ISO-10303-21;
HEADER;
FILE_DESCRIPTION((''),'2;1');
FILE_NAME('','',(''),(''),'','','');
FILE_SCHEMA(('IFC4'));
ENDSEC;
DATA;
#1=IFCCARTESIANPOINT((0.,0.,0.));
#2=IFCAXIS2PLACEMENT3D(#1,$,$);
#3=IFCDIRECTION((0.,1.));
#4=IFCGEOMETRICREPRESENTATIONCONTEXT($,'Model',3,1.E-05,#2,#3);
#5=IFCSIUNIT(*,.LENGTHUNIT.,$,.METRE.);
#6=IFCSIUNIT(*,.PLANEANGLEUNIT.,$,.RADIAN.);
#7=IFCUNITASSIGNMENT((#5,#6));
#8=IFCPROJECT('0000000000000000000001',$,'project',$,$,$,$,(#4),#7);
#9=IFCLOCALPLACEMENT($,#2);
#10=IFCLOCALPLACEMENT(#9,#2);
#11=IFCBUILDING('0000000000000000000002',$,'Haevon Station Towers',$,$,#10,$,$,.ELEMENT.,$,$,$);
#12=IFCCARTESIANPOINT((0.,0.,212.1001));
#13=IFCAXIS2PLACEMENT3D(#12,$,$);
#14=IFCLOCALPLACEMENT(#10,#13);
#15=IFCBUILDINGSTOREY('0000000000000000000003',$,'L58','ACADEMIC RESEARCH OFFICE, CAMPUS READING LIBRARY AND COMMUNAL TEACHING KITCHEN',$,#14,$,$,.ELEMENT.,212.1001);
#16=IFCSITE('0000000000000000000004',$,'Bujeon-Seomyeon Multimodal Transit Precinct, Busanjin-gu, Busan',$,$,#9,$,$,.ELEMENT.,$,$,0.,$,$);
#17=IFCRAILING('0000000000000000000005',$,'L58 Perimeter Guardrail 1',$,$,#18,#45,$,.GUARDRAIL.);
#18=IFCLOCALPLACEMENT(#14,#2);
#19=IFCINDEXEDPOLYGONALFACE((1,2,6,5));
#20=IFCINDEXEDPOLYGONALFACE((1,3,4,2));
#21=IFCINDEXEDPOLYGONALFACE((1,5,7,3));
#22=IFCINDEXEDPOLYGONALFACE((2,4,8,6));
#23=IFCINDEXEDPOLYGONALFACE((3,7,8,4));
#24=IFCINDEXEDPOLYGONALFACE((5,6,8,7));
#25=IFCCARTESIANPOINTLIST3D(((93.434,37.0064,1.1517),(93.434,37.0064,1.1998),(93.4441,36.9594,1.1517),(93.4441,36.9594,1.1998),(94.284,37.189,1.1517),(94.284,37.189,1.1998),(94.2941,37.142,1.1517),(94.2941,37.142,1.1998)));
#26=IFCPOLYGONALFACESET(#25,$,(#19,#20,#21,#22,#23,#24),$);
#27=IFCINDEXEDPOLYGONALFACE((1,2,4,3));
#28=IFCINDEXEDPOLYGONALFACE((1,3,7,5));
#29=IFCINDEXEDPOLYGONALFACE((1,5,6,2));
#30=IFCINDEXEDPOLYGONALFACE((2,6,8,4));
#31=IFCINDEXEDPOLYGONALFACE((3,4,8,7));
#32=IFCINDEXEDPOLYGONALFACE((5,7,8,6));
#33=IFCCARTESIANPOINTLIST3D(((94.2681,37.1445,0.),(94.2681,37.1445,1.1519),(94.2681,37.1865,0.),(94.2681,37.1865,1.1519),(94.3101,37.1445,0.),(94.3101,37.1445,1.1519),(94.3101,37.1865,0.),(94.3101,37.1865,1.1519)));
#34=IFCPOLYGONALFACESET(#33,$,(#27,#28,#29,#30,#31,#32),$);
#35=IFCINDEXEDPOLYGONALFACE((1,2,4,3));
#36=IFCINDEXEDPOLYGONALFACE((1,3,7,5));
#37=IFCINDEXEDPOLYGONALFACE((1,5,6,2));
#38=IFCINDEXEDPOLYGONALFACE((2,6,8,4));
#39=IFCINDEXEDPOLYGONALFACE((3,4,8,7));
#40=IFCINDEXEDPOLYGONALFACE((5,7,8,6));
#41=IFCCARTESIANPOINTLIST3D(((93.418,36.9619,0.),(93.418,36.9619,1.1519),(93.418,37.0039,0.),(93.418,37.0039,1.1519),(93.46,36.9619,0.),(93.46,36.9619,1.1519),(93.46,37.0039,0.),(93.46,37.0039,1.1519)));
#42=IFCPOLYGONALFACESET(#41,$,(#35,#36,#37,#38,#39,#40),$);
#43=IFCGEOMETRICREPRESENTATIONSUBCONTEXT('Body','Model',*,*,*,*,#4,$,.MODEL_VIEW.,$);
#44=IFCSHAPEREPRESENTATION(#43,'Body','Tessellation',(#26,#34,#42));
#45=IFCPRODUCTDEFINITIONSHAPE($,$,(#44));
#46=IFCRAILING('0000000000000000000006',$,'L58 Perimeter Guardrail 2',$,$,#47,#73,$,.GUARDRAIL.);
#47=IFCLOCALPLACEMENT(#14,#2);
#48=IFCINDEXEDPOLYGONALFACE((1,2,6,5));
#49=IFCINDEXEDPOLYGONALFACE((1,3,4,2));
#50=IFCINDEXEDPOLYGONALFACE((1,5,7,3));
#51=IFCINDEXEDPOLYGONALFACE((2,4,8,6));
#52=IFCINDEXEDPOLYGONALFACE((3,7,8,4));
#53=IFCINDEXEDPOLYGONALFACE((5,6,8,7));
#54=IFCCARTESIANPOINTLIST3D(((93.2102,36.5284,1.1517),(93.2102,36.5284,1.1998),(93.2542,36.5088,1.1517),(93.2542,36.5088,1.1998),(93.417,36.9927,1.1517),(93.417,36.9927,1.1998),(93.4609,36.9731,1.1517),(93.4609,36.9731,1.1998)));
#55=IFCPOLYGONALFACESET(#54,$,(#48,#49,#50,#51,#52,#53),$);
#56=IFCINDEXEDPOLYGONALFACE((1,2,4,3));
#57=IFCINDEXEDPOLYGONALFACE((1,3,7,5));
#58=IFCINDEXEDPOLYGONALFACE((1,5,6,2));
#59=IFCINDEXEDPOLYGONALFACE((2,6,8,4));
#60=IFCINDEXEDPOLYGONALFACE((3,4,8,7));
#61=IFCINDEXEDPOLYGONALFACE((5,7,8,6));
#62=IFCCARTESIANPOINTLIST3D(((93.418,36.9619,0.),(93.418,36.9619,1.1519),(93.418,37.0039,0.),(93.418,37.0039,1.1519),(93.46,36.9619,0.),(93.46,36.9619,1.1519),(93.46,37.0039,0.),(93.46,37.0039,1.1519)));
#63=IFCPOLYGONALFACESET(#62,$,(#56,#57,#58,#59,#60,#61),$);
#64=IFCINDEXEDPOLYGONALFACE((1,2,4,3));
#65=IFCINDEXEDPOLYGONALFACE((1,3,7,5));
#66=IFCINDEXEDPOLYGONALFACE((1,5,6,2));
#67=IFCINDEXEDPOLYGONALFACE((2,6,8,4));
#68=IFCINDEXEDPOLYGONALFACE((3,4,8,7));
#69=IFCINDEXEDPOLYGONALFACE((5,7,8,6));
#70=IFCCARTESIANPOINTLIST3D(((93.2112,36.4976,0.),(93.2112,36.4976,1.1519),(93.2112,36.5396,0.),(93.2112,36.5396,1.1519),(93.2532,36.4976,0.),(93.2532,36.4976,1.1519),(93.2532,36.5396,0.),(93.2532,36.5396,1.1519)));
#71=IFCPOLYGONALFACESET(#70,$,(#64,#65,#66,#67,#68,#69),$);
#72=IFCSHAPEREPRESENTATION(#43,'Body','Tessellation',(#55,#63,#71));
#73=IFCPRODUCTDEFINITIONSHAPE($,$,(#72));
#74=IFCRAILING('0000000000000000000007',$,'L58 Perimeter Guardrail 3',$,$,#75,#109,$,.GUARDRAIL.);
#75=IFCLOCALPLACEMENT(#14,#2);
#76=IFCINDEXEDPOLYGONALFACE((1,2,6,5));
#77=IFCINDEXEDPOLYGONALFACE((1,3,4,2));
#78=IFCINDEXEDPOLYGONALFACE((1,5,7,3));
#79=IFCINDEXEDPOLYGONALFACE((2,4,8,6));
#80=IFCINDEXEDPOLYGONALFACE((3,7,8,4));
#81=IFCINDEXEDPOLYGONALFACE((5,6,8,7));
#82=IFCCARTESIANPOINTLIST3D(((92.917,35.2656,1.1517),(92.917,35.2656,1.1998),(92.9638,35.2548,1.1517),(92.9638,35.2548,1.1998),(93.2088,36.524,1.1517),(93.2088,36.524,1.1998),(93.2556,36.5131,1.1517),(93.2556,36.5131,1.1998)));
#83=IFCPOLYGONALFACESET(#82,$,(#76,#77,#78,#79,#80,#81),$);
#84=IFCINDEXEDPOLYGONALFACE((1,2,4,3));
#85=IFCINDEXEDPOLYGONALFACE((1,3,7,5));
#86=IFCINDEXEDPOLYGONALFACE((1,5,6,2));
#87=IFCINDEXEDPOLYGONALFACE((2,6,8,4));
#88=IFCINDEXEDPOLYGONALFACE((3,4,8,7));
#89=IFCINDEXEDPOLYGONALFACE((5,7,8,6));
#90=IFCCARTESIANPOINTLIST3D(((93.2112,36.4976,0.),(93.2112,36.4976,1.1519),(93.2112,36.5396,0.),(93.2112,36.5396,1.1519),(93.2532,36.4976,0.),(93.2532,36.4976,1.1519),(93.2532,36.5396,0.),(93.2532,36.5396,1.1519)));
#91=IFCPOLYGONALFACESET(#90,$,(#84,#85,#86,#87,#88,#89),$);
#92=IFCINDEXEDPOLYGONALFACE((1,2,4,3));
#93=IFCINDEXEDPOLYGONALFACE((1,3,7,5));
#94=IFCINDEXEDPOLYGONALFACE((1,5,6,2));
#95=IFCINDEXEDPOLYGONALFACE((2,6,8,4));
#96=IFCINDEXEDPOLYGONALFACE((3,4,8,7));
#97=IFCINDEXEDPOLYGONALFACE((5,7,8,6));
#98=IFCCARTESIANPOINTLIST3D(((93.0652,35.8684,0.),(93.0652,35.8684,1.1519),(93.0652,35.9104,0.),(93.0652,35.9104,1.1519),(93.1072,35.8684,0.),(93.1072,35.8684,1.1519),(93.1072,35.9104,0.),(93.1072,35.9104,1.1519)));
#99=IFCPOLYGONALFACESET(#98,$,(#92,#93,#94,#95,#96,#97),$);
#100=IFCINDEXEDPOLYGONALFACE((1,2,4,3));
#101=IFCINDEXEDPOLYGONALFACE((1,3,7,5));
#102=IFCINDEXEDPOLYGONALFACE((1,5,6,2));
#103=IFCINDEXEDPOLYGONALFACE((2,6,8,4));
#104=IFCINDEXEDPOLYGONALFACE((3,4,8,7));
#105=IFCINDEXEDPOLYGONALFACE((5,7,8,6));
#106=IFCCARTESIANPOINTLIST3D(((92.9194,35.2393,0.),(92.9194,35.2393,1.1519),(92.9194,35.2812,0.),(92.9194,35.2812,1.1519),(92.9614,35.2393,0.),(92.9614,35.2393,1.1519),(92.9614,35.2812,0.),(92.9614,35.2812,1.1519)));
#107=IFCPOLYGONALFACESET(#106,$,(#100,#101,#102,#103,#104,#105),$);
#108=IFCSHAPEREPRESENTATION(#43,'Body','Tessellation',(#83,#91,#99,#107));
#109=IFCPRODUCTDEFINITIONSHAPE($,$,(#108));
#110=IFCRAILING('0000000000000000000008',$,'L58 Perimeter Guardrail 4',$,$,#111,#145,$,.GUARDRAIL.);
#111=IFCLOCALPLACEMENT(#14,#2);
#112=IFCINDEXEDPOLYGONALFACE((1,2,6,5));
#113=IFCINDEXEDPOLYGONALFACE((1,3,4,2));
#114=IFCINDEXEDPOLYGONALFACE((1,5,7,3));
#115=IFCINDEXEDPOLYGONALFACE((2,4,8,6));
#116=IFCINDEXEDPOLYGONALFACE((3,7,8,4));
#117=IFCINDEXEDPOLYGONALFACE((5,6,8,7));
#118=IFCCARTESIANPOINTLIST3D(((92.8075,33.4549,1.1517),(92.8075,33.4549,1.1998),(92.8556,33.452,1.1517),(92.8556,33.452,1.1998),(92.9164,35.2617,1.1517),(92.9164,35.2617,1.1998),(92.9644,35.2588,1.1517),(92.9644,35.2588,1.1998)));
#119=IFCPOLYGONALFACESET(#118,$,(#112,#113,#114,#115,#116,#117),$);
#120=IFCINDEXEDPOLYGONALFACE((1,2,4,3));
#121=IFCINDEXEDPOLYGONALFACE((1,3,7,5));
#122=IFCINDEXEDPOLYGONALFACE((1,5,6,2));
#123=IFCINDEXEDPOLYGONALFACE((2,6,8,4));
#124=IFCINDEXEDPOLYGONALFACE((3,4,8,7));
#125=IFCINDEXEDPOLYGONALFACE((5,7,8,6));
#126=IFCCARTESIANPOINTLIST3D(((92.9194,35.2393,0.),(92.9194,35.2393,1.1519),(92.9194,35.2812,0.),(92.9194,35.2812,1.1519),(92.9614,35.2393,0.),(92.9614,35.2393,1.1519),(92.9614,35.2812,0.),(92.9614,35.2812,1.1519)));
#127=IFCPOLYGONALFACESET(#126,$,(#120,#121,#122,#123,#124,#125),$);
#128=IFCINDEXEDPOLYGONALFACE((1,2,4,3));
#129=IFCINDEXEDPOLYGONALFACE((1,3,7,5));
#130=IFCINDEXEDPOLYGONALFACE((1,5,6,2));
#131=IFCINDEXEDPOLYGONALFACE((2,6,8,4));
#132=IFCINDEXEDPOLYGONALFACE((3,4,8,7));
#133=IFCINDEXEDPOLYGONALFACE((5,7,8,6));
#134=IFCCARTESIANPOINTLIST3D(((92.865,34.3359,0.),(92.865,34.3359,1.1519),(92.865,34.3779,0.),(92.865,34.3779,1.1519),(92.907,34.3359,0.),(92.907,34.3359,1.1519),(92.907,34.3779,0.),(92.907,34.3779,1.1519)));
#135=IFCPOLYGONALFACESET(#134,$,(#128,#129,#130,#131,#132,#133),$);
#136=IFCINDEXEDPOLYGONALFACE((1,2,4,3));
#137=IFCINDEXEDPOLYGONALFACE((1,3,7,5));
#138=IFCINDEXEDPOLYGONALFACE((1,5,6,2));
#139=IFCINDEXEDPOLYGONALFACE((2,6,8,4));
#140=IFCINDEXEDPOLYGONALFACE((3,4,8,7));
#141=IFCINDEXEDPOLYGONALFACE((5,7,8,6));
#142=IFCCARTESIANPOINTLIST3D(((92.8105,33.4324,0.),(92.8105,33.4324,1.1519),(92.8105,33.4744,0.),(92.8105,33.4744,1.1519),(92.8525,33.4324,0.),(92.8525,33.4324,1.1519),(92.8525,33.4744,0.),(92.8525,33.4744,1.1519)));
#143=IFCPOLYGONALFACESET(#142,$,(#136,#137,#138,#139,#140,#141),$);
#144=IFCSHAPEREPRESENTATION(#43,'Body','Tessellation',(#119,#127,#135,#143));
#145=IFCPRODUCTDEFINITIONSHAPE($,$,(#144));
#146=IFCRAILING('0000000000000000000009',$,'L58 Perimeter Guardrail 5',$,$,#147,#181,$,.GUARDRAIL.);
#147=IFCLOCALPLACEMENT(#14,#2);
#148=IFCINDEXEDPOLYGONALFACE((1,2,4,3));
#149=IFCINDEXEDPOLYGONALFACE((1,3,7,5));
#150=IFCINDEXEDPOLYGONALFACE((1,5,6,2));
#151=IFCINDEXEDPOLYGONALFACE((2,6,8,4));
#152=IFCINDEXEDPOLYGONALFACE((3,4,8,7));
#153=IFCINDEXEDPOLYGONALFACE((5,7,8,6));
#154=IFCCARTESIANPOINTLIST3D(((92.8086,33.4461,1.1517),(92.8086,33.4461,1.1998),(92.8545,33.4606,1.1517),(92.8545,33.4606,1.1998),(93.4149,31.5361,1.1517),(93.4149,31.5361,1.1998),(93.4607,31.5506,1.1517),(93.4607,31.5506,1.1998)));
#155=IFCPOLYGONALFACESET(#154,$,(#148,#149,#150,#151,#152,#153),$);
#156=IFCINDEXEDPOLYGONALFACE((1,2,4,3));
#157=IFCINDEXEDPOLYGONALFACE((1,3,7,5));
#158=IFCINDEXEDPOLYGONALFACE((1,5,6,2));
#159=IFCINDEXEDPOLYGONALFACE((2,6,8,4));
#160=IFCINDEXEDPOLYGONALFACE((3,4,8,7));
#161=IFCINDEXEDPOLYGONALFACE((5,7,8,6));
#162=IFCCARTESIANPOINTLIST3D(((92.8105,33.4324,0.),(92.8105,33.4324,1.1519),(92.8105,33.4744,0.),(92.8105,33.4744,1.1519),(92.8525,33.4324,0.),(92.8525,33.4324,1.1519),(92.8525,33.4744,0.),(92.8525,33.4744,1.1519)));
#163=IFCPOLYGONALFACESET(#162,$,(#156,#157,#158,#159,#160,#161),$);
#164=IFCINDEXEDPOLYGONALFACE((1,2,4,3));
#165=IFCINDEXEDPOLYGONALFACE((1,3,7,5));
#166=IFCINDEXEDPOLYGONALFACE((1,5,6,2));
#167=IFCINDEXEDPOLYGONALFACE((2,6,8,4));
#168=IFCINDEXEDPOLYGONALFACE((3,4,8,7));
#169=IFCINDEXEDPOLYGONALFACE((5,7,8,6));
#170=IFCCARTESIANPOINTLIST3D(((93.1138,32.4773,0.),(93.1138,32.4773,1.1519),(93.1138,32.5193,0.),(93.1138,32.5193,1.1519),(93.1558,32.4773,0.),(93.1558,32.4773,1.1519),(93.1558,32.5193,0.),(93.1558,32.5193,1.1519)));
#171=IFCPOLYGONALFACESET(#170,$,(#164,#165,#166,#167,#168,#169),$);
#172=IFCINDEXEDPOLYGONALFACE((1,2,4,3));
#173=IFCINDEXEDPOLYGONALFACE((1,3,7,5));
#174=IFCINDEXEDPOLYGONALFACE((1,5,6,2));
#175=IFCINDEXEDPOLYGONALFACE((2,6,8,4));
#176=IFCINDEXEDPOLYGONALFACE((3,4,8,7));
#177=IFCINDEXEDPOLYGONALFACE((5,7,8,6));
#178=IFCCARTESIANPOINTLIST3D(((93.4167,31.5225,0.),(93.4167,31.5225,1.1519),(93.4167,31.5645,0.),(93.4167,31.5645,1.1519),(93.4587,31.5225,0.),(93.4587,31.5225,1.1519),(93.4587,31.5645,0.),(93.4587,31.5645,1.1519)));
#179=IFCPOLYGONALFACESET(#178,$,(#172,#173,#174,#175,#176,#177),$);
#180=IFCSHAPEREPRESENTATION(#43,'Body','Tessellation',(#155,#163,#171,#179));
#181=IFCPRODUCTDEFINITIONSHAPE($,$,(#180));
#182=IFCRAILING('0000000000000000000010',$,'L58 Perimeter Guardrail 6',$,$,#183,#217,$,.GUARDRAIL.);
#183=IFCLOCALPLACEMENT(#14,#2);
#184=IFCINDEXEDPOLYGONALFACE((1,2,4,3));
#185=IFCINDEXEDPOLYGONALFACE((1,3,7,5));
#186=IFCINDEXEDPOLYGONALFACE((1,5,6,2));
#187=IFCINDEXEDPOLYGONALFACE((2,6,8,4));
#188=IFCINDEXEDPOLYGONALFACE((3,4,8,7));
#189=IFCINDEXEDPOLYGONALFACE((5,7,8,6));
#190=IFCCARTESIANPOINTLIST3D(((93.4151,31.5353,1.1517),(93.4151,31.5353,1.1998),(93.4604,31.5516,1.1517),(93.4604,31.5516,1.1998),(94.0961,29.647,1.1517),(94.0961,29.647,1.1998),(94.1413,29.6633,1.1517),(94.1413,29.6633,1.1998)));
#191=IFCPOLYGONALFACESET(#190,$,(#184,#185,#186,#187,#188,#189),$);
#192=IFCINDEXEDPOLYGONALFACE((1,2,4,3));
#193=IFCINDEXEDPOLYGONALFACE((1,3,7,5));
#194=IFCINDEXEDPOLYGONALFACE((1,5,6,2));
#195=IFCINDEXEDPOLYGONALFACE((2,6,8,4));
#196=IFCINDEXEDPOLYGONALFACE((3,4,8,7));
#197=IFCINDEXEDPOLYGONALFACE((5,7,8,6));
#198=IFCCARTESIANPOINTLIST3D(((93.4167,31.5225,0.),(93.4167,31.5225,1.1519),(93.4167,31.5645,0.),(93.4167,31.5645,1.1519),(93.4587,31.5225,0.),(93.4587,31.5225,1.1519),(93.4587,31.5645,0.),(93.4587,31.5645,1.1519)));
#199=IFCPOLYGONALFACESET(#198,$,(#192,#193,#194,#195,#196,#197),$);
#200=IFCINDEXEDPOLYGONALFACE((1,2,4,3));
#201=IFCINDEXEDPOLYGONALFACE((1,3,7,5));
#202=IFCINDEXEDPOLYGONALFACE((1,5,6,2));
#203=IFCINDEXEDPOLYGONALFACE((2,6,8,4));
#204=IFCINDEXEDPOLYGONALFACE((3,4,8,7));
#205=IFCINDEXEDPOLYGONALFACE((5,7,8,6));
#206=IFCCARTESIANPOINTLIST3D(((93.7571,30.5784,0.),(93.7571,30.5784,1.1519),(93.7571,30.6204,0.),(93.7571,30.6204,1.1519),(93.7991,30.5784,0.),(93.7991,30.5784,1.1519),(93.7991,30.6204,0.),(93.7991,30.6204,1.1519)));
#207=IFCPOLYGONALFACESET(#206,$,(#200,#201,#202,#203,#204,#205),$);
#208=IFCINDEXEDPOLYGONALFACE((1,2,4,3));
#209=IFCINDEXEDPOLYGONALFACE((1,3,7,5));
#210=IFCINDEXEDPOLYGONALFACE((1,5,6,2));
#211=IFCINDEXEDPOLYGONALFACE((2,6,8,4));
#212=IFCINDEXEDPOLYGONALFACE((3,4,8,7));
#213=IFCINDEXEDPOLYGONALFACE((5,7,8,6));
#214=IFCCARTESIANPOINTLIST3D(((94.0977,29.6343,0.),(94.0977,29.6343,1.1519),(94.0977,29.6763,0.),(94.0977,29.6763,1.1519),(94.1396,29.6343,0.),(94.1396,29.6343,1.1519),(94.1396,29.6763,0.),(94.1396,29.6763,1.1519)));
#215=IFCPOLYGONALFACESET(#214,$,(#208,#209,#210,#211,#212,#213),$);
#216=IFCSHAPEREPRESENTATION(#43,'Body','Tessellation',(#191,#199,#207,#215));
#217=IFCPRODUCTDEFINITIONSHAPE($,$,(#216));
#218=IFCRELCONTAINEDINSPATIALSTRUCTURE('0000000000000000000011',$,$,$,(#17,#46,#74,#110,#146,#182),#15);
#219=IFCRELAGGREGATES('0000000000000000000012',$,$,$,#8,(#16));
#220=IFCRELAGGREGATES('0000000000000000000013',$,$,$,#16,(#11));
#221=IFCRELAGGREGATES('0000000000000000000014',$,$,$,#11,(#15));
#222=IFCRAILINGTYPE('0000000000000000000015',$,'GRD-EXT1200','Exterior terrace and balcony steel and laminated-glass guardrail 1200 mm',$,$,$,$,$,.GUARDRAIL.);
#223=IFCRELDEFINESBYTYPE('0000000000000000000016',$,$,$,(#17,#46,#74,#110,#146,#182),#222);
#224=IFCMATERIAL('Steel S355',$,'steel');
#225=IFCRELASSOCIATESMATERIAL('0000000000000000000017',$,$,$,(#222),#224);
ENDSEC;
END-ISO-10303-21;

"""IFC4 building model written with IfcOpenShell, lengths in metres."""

from ifc_helpers import new_model, si_unit, direction, frame, origin, origin_2d, place, context, subcontext, project, spatial, rectangle, extrude, material, type_object, element, save


model = new_model("IFC4")

# Units and contexts
model_context = context("Model", 3, precision=1e-05, world=origin(), true_north=direction((0.0, 1.0)))
body_context = subcontext(model_context, "Body", "Model", "MODEL_VIEW")
ifc_project = project(units=[si_unit("LENGTHUNIT", "METRE"), si_unit("PLANEANGLEUNIT", "RADIAN")], contexts=[model_context])

# Site, building, storey
site_placement = place(None, origin())
site = spatial("IfcSite", under=ifc_project, at=site_placement, Name="Bujeon-Seomyeon Multimodal Transit Precinct, Busanjin-gu, Busan", CompositionType="ELEMENT", RefElevation=0.0)
building_placement = place(site_placement, origin())
building = spatial("IfcBuilding", under=site, at=building_placement, Name="Haevon Station Towers", CompositionType="ELEMENT")
storey_placement = place(building_placement, frame((0.0, 0.0, 212.1001)))
storey = spatial("IfcBuildingStorey", under=building, at=storey_placement, Name="L58", Description="ACADEMIC RESEARCH OFFICE, CAMPUS READING LIBRARY AND COMMUNAL TEACHING KITCHEN", CompositionType="ELEMENT", Elevation=212.1001)

# Shared definitions
ifc_material_1 = material(Name="Steel S355", Category="steel")

# Railings
railing_type = type_object("IfcRailingType", Name="GRD-EXT1200", Description="Exterior terrace and balcony steel and laminated-glass guardrail 1200 mm", PredefinedType="GUARDRAIL", material=ifc_material_1)
railing_1_placement = place(storey_placement, frame((94.2891, 37.1655, 0.0)))
element("IfcRailing", 1, at=railing_1_placement, inside=storey, type_object=railing_type, Name="L58 Perimeter Guardrail 1", PredefinedType="GUARDRAIL", context=body_context, shape_type="SweptSolid", body=[
    extrude(rectangle(XDim=0.0481, YDim=0.0481, at=origin_2d()), frame((0.0, 0.0, 1.1758), z_axis=(-0.977695, -0.210028, 0.0), x_axis=(0.210028, -0.977695, 0.0)), (0.0, 0.0, 1.0), 0.8694),
    extrude(rectangle(XDim=0.042, YDim=0.042, at=origin_2d()), origin(), (0.0, 0.0, 1.0), 1.1519),
    extrude(rectangle(XDim=0.042, YDim=0.042, at=origin_2d()), frame((-0.8501, -0.1826, 0.0)), (0.0, 0.0, 1.0), 1.1519),
])
railing_2_placement = place(storey_placement, frame((93.439, 36.9829, 0.0)))
element("IfcRailing", 2, at=railing_2_placement, inside=storey, type_object=railing_type, Name="L58 Perimeter Guardrail 2", PredefinedType="GUARDRAIL", context=body_context, shape_type="SweptSolid", body=[
    extrude(rectangle(XDim=0.0481, YDim=0.0481, at=origin_2d()), frame((0.0, 0.0, 1.1758), z_axis=(-0.406807, -0.913514, 0.0), x_axis=(0.913514, -0.406807, 0.0)), (0.0, 0.0, 1.0), 0.5083),
    extrude(rectangle(XDim=0.042, YDim=0.042, at=origin_2d()), origin(), (0.0, 0.0, 1.0), 1.1519),
    extrude(rectangle(XDim=0.042, YDim=0.042, at=origin_2d()), frame((-0.2068, -0.4644, 0.0)), (0.0, 0.0, 1.0), 1.1519),
])
railing_3_placement = place(storey_placement, frame((93.2322, 36.5186, 0.0)))
element("IfcRailing", 3, at=railing_3_placement, inside=storey, type_object=railing_type, Name="L58 Perimeter Guardrail 3", PredefinedType="GUARDRAIL", context=body_context, shape_type="SweptSolid", body=[
    extrude(rectangle(XDim=0.0481, YDim=0.0481, at=origin_2d()), frame((0.0, 0.0, 1.1758), z_axis=(-0.225867, -0.974158, 0.0), x_axis=(0.974158, -0.225867, 0.0)), (0.0, 0.0, 1.0), 1.2917),
    extrude(rectangle(XDim=0.042, YDim=0.042, at=origin_2d()), origin(), (0.0, 0.0, 1.0), 1.1519),
    extrude(rectangle(XDim=0.042, YDim=0.042, at=origin_2d()), frame((-0.146, -0.6292, 0.0)), (0.0, 0.0, 1.0), 1.1519),
    extrude(rectangle(XDim=0.042, YDim=0.042, at=origin_2d()), frame((-0.2917, -1.2583, 0.0)), (0.0, 0.0, 1.0), 1.1519),
])
railing_4_placement = place(storey_placement, frame((92.9404, 35.2603, 0.0)))
element("IfcRailing", 4, at=railing_4_placement, inside=storey, type_object=railing_type, Name="L58 Perimeter Guardrail 4", PredefinedType="GUARDRAIL", context=body_context, shape_type="SweptSolid", body=[
    extrude(rectangle(XDim=0.0481, YDim=0.0481, at=origin_2d()), frame((0.0, 0.0, 1.1758), z_axis=(-0.060153, -0.998189, 0.0), x_axis=(0.998189, -0.060153, 0.0)), (0.0, 0.0, 1.0), 1.8101),
    extrude(rectangle(XDim=0.042, YDim=0.042, at=origin_2d()), origin(), (0.0, 0.0, 1.0), 1.1519),
    extrude(rectangle(XDim=0.042, YDim=0.042, at=origin_2d()), frame((-0.0544, -0.9033, 0.0)), (0.0, 0.0, 1.0), 1.1519),
    extrude(rectangle(XDim=0.042, YDim=0.042, at=origin_2d()), frame((-0.1089, -1.8069, 0.0)), (0.0, 0.0, 1.0), 1.1519),
])
railing_5_placement = place(storey_placement, frame((92.8315, 33.4534, 0.0)))
element("IfcRailing", 5, at=railing_5_placement, inside=storey, type_object=railing_type, Name="L58 Perimeter Guardrail 5", PredefinedType="GUARDRAIL", context=body_context, shape_type="SweptSolid", body=[
    extrude(rectangle(XDim=0.0481, YDim=0.0481, at=origin_2d()), frame((0.0, 0.0, 1.1758), z_axis=(0.302525, -0.953142, 0.0), x_axis=(0.953142, 0.302525, 0.0)), (0.0, 0.0, 1.0), 2.0039),
    extrude(rectangle(XDim=0.042, YDim=0.042, at=origin_2d()), origin(), (0.0, 0.0, 1.0), 1.1519),
    extrude(rectangle(XDim=0.042, YDim=0.042, at=origin_2d()), frame((0.3032, -0.9551, 0.0)), (0.0, 0.0, 1.0), 1.1519),
    extrude(rectangle(XDim=0.042, YDim=0.042, at=origin_2d()), frame((0.6062, -1.9099, 0.0)), (0.0, 0.0, 1.0), 1.1519),
])
railing_6_placement = place(storey_placement, frame((93.4377, 31.5435, 0.0)))
element("IfcRailing", 6, at=railing_6_placement, inside=storey, type_object=railing_type, Name="L58 Perimeter Guardrail 6", PredefinedType="GUARDRAIL", context=body_context, shape_type="SweptSolid", body=[
    extrude(rectangle(XDim=0.0481, YDim=0.0481, at=origin_2d()), frame((0.0, 0.0, 1.1758), z_axis=(0.339232, -0.940703, 0.0), x_axis=(0.940703, 0.339232, 0.0)), (0.0, 0.0, 1.0), 2.0073),
    extrude(rectangle(XDim=0.042, YDim=0.042, at=origin_2d()), origin(), (0.0, 0.0, 1.0), 1.1519),
    extrude(rectangle(XDim=0.042, YDim=0.042, at=origin_2d()), frame((0.3403, -0.9441, 0.0)), (0.0, 0.0, 1.0), 1.1519),
    extrude(rectangle(XDim=0.042, YDim=0.042, at=origin_2d()), frame((0.6809, -1.8882, 0.0)), (0.0, 0.0, 1.0), 1.1519),
])

save(model, "model.ifc")
